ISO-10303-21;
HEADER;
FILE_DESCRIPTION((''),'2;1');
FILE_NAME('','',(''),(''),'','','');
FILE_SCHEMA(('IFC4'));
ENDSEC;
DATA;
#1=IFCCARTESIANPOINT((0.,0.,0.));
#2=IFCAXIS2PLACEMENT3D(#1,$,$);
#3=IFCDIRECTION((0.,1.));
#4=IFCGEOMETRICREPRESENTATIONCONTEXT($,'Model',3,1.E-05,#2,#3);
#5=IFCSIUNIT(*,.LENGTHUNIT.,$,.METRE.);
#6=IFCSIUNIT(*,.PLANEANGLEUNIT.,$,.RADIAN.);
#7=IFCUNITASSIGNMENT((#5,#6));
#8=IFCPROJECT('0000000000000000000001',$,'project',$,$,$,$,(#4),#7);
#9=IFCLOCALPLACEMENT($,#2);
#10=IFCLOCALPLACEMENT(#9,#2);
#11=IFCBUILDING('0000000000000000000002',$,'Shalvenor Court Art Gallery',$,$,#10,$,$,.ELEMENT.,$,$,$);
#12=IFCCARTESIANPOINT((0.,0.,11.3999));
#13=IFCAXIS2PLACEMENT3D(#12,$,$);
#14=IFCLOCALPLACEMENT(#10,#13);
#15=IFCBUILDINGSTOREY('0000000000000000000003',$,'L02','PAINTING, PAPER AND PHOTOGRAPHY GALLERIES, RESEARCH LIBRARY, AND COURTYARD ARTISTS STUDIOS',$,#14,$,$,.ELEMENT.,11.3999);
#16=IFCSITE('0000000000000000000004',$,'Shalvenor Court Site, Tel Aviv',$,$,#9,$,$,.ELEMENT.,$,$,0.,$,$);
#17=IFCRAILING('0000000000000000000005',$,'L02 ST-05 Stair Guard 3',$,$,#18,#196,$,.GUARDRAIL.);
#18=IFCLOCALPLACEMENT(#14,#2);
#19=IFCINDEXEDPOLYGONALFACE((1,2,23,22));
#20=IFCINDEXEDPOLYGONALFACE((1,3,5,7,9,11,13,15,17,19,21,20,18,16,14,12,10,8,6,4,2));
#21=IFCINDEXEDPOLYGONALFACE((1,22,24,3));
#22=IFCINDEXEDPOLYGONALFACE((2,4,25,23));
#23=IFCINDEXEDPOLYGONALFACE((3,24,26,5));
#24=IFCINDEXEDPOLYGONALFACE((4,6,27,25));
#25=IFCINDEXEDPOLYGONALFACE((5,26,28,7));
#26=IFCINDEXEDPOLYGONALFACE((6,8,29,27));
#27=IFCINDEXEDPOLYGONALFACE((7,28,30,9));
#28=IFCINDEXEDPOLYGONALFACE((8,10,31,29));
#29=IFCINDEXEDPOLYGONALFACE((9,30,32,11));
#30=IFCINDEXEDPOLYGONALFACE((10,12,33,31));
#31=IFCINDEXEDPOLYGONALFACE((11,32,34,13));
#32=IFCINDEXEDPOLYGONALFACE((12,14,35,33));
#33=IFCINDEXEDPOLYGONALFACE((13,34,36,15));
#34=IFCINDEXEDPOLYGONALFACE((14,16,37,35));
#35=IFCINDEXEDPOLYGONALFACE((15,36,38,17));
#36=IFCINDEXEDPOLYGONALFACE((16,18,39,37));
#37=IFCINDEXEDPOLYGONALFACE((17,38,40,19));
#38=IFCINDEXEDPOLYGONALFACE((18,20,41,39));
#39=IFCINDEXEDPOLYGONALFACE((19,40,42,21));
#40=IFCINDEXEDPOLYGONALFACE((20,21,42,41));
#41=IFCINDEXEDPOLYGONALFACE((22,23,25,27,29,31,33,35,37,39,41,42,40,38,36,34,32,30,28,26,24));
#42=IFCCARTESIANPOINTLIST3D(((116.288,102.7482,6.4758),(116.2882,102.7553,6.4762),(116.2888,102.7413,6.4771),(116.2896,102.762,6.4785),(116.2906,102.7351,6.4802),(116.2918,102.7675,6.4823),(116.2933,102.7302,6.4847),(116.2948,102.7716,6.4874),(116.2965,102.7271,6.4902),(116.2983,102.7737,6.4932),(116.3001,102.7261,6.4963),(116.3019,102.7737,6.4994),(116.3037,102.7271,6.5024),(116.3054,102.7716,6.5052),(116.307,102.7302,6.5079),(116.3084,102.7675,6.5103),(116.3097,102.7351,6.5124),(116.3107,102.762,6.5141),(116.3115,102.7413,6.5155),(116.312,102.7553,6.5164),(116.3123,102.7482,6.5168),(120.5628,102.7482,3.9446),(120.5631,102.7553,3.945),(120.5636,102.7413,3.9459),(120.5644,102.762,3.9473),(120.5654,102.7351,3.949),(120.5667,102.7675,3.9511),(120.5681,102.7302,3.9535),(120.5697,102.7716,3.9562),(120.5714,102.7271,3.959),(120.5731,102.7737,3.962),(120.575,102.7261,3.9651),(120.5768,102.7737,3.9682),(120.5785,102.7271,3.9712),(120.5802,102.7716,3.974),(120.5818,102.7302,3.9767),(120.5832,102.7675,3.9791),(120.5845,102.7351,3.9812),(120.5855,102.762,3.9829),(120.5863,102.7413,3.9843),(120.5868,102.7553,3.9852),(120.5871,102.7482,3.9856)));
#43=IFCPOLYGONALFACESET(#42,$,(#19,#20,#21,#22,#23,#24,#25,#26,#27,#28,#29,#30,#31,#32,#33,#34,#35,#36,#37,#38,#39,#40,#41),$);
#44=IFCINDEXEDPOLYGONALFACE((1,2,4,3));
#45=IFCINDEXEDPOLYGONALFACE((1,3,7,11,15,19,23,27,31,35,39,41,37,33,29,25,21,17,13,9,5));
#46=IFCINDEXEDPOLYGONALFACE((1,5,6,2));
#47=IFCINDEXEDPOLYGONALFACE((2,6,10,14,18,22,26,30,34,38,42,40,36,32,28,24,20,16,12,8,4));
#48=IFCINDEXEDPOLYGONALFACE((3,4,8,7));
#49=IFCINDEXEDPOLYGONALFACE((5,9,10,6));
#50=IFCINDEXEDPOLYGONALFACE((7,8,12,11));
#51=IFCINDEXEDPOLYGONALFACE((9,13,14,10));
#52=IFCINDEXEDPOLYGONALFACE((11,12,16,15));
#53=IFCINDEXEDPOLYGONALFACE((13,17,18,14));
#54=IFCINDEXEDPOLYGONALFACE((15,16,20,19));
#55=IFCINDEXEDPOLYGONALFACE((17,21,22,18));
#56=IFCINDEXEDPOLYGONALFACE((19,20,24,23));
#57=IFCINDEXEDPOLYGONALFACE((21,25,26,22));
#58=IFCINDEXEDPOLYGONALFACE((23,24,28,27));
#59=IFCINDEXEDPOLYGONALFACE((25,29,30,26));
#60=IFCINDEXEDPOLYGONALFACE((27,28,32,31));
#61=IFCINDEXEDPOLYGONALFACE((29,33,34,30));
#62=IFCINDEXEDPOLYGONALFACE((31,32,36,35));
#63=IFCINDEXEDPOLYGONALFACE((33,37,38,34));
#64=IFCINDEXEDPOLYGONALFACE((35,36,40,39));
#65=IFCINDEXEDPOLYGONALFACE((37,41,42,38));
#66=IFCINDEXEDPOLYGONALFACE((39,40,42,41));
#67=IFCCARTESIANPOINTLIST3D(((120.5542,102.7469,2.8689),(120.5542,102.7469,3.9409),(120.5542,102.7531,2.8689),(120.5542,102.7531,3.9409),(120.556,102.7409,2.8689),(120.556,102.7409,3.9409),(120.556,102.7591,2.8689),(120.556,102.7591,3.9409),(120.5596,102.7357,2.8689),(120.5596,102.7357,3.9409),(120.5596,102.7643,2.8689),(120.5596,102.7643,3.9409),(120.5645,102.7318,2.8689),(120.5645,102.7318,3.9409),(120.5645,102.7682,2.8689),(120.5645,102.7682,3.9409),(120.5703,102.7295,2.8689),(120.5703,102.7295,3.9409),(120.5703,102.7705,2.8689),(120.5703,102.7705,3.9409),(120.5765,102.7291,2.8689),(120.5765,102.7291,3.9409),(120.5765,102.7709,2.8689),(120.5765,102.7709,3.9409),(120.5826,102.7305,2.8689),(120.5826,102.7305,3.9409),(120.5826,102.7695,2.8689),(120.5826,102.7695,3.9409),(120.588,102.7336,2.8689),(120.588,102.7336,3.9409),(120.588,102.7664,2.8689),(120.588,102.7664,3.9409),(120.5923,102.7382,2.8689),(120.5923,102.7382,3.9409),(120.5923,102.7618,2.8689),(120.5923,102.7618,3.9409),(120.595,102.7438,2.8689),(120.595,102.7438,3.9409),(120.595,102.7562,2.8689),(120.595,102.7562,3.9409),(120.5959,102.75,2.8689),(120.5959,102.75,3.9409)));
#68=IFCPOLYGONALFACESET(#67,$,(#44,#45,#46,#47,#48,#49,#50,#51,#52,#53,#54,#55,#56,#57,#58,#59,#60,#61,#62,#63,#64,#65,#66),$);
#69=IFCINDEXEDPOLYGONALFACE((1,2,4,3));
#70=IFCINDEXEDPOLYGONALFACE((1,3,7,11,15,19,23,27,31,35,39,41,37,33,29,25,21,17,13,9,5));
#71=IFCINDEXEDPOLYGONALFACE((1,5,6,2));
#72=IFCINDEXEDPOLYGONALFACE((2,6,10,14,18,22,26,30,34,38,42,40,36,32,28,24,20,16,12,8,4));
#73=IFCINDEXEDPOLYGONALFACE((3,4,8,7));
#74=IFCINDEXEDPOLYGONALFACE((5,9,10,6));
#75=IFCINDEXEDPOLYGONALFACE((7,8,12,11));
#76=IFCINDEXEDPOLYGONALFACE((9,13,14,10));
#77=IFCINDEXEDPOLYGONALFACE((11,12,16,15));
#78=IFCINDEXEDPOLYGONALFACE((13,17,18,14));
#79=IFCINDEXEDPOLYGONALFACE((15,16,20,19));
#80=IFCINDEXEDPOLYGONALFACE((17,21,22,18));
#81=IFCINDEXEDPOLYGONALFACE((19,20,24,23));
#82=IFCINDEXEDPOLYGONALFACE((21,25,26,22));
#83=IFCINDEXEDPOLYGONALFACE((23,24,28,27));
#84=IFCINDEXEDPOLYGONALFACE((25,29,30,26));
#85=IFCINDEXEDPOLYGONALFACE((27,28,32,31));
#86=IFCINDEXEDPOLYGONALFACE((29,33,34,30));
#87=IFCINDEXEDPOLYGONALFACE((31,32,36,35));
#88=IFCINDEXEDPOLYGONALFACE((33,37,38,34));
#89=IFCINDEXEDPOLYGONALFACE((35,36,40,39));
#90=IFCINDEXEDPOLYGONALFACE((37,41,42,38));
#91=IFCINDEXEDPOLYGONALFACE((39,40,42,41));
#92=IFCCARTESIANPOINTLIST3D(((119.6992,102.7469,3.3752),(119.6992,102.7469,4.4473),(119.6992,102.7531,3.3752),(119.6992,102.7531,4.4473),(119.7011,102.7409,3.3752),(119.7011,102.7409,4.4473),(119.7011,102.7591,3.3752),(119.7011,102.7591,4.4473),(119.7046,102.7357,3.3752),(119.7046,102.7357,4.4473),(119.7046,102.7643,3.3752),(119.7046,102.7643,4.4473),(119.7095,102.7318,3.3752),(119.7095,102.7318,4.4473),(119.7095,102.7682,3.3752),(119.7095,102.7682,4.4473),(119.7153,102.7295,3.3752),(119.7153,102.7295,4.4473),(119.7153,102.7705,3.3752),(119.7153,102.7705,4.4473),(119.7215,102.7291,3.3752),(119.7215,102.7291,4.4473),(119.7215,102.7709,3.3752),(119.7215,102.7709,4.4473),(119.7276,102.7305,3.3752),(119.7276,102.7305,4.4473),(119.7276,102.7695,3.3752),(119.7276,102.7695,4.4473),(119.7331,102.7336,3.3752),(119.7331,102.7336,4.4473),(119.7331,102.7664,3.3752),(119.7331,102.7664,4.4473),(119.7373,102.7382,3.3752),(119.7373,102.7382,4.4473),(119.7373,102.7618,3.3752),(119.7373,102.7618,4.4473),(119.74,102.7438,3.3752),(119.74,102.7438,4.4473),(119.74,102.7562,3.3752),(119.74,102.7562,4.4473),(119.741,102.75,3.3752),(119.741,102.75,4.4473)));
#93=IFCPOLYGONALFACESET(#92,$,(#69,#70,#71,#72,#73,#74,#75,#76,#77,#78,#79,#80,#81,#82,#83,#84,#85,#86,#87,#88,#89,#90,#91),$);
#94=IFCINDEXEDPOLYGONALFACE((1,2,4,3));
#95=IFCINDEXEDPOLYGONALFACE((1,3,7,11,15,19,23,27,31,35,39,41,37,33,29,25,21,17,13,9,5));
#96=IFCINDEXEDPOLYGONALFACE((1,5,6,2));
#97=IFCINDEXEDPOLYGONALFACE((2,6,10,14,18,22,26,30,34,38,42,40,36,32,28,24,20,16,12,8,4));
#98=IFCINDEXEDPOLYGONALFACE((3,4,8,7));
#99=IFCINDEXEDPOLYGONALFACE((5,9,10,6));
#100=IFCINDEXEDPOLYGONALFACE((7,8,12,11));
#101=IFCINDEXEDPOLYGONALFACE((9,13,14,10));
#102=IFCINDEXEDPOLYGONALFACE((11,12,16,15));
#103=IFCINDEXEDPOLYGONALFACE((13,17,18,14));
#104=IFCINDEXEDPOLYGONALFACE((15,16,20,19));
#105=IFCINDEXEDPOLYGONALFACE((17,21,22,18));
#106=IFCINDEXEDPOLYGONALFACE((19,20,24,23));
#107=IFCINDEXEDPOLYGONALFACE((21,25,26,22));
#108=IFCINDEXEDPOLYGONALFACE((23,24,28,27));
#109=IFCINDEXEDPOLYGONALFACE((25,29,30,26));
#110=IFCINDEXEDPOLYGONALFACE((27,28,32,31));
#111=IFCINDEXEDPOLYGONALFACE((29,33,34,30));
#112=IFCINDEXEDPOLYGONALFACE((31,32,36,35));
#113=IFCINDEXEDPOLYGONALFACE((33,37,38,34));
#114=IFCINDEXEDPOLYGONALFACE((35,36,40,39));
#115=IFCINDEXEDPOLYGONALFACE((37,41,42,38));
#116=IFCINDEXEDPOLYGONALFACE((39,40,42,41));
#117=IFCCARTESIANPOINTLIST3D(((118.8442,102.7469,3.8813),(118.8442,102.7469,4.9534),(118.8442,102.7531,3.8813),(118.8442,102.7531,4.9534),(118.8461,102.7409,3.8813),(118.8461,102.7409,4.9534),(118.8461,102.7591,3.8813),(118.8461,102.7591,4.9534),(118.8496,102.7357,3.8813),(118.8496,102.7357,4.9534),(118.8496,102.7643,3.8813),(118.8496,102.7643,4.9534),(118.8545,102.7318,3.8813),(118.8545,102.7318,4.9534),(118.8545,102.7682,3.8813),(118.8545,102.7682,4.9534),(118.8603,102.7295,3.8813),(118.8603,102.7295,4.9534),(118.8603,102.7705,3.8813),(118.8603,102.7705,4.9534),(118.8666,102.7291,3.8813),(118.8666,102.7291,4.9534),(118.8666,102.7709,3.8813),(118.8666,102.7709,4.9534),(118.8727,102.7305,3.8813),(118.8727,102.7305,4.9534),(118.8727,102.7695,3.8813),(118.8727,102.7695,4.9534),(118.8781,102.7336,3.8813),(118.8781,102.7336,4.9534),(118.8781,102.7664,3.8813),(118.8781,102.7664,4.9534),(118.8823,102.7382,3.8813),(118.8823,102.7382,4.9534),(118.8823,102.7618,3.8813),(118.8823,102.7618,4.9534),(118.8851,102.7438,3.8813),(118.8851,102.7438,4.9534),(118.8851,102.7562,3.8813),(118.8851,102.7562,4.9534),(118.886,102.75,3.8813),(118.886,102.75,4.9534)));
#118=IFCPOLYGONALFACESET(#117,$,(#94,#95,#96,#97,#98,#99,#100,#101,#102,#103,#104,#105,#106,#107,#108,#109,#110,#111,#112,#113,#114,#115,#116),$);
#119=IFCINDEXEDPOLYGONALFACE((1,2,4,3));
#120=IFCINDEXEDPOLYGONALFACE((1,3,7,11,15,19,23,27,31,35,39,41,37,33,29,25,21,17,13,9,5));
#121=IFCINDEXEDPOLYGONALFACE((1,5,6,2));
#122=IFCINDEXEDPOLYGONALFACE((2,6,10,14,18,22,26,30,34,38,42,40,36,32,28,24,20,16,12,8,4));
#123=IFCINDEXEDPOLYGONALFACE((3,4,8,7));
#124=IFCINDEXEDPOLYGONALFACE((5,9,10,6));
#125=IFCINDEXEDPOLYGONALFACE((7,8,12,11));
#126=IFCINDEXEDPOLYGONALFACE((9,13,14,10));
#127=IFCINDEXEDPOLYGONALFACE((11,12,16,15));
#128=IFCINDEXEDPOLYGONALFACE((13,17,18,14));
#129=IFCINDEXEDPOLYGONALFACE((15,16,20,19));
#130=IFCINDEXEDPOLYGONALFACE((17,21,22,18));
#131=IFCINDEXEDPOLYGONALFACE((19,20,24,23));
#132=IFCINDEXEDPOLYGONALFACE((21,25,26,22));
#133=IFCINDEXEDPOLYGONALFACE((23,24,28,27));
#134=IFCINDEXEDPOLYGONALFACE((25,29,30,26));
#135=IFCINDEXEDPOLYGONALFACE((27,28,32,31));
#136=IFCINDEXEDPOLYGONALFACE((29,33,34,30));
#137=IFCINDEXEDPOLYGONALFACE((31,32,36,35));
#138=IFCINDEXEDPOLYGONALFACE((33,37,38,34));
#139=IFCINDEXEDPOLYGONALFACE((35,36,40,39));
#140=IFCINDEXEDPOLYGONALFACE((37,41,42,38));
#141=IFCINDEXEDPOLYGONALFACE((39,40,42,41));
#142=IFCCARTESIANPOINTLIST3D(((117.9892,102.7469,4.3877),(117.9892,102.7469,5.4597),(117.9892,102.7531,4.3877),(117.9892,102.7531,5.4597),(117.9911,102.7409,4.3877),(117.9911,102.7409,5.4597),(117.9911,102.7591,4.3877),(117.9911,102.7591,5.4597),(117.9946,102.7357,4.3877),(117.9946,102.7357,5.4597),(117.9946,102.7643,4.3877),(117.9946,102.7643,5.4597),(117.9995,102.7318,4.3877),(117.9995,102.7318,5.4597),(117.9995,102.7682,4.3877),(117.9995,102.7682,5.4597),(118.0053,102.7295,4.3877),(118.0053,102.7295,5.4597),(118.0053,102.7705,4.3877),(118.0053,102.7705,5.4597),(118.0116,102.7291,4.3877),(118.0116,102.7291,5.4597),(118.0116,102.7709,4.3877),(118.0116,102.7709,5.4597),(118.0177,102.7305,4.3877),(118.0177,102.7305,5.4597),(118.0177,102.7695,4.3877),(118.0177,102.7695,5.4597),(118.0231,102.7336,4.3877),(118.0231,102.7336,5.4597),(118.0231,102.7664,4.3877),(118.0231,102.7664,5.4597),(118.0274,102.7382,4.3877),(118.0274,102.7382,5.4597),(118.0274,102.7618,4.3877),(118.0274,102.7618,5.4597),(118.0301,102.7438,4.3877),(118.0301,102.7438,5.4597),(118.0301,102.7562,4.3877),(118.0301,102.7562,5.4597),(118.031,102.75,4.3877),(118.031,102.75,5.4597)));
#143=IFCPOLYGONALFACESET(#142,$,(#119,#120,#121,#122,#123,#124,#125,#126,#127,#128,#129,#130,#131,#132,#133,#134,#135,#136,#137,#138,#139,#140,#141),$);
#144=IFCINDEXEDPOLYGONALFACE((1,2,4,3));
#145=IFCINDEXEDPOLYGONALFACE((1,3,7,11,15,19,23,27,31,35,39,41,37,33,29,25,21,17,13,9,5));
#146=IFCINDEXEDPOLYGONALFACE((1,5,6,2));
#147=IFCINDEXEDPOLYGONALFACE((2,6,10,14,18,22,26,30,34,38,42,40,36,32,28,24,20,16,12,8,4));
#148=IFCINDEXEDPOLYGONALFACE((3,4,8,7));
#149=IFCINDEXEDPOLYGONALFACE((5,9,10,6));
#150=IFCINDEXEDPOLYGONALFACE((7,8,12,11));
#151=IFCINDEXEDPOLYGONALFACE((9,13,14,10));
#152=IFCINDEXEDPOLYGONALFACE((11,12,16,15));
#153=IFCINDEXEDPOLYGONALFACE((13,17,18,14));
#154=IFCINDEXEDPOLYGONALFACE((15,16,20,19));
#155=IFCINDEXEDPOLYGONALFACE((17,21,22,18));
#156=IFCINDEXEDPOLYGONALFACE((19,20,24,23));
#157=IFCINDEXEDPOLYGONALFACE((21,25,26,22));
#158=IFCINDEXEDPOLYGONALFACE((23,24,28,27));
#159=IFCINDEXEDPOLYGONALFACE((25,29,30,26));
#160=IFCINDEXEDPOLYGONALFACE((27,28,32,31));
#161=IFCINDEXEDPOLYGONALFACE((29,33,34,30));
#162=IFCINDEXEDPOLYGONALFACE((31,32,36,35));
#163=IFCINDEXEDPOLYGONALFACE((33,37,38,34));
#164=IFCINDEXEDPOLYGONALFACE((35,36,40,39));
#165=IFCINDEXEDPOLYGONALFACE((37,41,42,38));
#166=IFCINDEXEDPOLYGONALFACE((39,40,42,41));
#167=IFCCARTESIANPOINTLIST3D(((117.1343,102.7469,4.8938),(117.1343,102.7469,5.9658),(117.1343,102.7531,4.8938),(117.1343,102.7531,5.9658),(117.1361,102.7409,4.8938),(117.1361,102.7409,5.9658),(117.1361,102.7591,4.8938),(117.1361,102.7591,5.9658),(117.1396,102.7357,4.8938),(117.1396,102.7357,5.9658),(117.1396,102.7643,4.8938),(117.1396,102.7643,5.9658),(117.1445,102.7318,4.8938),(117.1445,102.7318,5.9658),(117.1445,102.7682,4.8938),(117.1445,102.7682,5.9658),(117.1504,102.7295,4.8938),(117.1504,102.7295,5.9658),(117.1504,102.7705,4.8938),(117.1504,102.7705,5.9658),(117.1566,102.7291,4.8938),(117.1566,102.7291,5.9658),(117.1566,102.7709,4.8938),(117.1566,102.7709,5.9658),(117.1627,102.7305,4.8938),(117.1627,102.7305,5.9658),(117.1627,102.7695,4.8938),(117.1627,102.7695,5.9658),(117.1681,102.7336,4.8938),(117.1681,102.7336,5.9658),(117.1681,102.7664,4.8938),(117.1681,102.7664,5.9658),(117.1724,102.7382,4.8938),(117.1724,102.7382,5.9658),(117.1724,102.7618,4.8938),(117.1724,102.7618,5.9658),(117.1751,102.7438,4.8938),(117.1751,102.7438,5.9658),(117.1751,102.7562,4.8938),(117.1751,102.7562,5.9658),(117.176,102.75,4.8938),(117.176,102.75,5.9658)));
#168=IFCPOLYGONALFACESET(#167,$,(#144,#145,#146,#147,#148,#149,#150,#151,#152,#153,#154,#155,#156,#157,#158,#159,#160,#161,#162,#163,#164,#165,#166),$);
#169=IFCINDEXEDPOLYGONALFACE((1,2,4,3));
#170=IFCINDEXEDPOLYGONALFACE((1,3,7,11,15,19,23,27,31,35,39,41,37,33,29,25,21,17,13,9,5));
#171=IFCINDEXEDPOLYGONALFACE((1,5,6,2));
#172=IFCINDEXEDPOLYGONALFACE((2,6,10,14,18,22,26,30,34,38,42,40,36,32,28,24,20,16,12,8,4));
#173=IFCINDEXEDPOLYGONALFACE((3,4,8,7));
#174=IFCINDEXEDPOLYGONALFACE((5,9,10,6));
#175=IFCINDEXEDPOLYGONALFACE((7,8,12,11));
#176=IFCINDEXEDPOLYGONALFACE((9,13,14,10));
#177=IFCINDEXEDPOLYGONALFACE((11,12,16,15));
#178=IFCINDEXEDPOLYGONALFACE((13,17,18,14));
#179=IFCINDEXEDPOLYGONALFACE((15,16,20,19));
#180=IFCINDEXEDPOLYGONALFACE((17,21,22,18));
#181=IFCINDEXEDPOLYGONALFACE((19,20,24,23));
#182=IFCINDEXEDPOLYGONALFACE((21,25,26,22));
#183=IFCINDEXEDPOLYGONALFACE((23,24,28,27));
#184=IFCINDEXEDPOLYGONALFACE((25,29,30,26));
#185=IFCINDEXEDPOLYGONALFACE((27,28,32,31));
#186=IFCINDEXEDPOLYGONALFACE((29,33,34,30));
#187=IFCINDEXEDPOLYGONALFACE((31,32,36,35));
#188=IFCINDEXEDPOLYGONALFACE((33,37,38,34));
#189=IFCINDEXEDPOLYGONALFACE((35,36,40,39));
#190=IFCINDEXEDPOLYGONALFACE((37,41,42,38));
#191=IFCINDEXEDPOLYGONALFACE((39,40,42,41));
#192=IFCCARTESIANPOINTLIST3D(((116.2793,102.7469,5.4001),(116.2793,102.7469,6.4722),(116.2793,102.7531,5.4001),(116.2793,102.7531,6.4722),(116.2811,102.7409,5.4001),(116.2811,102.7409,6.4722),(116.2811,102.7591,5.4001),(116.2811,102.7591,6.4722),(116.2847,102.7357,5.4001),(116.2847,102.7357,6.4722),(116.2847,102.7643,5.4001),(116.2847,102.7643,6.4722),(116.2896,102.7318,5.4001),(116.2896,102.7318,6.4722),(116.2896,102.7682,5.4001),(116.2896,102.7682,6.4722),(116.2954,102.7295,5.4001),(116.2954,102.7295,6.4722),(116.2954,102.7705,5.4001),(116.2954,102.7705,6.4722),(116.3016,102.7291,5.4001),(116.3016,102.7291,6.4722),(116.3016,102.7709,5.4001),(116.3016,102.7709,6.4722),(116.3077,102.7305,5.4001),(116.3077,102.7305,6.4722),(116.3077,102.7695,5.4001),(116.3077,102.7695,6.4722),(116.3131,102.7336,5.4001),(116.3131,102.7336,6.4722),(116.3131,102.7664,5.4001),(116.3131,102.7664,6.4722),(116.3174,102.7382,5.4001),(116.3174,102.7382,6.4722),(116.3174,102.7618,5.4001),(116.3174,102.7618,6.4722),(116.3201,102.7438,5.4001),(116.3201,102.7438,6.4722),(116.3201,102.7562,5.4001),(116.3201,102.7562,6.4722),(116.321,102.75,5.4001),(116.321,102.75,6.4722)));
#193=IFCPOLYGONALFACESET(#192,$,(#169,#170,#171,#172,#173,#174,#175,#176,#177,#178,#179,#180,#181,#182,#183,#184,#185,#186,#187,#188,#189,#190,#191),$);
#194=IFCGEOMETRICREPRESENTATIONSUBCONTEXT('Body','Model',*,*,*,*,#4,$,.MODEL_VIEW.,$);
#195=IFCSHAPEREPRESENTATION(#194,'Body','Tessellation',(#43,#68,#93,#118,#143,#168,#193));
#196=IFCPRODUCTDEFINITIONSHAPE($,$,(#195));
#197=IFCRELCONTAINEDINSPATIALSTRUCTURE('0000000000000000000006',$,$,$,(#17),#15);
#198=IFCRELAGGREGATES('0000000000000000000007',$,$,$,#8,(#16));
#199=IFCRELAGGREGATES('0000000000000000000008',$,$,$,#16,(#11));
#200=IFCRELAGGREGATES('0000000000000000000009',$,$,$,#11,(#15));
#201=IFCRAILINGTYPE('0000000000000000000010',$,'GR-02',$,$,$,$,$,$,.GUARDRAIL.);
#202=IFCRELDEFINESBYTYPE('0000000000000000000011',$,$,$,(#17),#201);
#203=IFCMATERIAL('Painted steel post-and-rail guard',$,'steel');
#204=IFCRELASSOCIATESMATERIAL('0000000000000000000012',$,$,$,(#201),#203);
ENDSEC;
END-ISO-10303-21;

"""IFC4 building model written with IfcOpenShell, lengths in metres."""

from ifc_helpers import new_model, si_unit, direction, frame, origin, origin_2d, place, context, subcontext, project, spatial, circle, extrude, material, type_object, element, save


model = new_model("IFC4")

# Units and contexts
model_context = context("Model", 3, precision=1e-05, world=origin(), true_north=direction((0.0, 1.0)))
body_context = subcontext(model_context, "Body", "Model", "MODEL_VIEW")
ifc_project = project(units=[si_unit("LENGTHUNIT", "METRE"), si_unit("PLANEANGLEUNIT", "RADIAN")], contexts=[model_context])

# Site, building, storey
site_placement = place(None, origin())
site = spatial("IfcSite", under=ifc_project, at=site_placement, Name="Shalvenor Court Site, Tel Aviv", CompositionType="ELEMENT", RefElevation=0.0)
building_placement = place(site_placement, origin())
building = spatial("IfcBuilding", under=site, at=building_placement, Name="Shalvenor Court Art Gallery", CompositionType="ELEMENT")
storey_placement = place(building_placement, frame((0.0, 0.0, 11.3999)))
storey = spatial("IfcBuildingStorey", under=building, at=storey_placement, Name="L02", Description="PAINTING, PAPER AND PHOTOGRAPHY GALLERIES, RESEARCH LIBRARY, AND COURTYARD ARTISTS STUDIOS", CompositionType="ELEMENT", Elevation=11.3999)

# Railing
ifc_material_1 = material(Name="Painted steel post-and-rail guard", Category="steel")
railing_type_1 = type_object("IfcRailingType", Name="GR-02", PredefinedType="GUARDRAIL", material=ifc_material_1)
railing_1_placement = place(storey_placement, frame((120.575, 102.75, 2.8689)))
element("IfcRailing", 1, at=railing_1_placement, inside=storey, type_object=railing_type_1, Name="L02 ST-05 Stair Guard 3", PredefinedType="GUARDRAIL", context=body_context, shape_type="SweptSolid", body=[
    extrude(circle(Radius=0.0239, at=origin_2d()), frame((0.0, 0.0, 1.0962), z_axis=(-0.86047, 0.0, 0.509501), x_axis=(0.0, -1.0, 0.0)), (0.0, 0.0, 1.0), 4.968),
    extrude(circle(Radius=0.021, at=origin_2d()), origin(), (0.0, 0.0, 1.0), 1.072),
    extrude(circle(Radius=0.021, at=origin_2d()), frame((-0.855, 0.0, 0.5063)), (0.0, 0.0, 1.0), 1.072),
    extrude(circle(Radius=0.021, at=origin_2d()), frame((-1.71, 0.0, 1.0125)), (0.0, 0.0, 1.0), 1.072),
    extrude(circle(Radius=0.021, at=origin_2d()), frame((-2.5649, 0.0, 1.5188)), (0.0, 0.0, 1.0), 1.072),
    extrude(circle(Radius=0.021, at=origin_2d()), frame((-3.4199, 0.0, 2.0249)), (0.0, 0.0, 1.0), 1.072),
    extrude(circle(Radius=0.021, at=origin_2d()), frame((-4.2749, 0.0, 2.5312)), (0.0, 0.0, 1.0), 1.072),
])

save(model, "model.ifc")
